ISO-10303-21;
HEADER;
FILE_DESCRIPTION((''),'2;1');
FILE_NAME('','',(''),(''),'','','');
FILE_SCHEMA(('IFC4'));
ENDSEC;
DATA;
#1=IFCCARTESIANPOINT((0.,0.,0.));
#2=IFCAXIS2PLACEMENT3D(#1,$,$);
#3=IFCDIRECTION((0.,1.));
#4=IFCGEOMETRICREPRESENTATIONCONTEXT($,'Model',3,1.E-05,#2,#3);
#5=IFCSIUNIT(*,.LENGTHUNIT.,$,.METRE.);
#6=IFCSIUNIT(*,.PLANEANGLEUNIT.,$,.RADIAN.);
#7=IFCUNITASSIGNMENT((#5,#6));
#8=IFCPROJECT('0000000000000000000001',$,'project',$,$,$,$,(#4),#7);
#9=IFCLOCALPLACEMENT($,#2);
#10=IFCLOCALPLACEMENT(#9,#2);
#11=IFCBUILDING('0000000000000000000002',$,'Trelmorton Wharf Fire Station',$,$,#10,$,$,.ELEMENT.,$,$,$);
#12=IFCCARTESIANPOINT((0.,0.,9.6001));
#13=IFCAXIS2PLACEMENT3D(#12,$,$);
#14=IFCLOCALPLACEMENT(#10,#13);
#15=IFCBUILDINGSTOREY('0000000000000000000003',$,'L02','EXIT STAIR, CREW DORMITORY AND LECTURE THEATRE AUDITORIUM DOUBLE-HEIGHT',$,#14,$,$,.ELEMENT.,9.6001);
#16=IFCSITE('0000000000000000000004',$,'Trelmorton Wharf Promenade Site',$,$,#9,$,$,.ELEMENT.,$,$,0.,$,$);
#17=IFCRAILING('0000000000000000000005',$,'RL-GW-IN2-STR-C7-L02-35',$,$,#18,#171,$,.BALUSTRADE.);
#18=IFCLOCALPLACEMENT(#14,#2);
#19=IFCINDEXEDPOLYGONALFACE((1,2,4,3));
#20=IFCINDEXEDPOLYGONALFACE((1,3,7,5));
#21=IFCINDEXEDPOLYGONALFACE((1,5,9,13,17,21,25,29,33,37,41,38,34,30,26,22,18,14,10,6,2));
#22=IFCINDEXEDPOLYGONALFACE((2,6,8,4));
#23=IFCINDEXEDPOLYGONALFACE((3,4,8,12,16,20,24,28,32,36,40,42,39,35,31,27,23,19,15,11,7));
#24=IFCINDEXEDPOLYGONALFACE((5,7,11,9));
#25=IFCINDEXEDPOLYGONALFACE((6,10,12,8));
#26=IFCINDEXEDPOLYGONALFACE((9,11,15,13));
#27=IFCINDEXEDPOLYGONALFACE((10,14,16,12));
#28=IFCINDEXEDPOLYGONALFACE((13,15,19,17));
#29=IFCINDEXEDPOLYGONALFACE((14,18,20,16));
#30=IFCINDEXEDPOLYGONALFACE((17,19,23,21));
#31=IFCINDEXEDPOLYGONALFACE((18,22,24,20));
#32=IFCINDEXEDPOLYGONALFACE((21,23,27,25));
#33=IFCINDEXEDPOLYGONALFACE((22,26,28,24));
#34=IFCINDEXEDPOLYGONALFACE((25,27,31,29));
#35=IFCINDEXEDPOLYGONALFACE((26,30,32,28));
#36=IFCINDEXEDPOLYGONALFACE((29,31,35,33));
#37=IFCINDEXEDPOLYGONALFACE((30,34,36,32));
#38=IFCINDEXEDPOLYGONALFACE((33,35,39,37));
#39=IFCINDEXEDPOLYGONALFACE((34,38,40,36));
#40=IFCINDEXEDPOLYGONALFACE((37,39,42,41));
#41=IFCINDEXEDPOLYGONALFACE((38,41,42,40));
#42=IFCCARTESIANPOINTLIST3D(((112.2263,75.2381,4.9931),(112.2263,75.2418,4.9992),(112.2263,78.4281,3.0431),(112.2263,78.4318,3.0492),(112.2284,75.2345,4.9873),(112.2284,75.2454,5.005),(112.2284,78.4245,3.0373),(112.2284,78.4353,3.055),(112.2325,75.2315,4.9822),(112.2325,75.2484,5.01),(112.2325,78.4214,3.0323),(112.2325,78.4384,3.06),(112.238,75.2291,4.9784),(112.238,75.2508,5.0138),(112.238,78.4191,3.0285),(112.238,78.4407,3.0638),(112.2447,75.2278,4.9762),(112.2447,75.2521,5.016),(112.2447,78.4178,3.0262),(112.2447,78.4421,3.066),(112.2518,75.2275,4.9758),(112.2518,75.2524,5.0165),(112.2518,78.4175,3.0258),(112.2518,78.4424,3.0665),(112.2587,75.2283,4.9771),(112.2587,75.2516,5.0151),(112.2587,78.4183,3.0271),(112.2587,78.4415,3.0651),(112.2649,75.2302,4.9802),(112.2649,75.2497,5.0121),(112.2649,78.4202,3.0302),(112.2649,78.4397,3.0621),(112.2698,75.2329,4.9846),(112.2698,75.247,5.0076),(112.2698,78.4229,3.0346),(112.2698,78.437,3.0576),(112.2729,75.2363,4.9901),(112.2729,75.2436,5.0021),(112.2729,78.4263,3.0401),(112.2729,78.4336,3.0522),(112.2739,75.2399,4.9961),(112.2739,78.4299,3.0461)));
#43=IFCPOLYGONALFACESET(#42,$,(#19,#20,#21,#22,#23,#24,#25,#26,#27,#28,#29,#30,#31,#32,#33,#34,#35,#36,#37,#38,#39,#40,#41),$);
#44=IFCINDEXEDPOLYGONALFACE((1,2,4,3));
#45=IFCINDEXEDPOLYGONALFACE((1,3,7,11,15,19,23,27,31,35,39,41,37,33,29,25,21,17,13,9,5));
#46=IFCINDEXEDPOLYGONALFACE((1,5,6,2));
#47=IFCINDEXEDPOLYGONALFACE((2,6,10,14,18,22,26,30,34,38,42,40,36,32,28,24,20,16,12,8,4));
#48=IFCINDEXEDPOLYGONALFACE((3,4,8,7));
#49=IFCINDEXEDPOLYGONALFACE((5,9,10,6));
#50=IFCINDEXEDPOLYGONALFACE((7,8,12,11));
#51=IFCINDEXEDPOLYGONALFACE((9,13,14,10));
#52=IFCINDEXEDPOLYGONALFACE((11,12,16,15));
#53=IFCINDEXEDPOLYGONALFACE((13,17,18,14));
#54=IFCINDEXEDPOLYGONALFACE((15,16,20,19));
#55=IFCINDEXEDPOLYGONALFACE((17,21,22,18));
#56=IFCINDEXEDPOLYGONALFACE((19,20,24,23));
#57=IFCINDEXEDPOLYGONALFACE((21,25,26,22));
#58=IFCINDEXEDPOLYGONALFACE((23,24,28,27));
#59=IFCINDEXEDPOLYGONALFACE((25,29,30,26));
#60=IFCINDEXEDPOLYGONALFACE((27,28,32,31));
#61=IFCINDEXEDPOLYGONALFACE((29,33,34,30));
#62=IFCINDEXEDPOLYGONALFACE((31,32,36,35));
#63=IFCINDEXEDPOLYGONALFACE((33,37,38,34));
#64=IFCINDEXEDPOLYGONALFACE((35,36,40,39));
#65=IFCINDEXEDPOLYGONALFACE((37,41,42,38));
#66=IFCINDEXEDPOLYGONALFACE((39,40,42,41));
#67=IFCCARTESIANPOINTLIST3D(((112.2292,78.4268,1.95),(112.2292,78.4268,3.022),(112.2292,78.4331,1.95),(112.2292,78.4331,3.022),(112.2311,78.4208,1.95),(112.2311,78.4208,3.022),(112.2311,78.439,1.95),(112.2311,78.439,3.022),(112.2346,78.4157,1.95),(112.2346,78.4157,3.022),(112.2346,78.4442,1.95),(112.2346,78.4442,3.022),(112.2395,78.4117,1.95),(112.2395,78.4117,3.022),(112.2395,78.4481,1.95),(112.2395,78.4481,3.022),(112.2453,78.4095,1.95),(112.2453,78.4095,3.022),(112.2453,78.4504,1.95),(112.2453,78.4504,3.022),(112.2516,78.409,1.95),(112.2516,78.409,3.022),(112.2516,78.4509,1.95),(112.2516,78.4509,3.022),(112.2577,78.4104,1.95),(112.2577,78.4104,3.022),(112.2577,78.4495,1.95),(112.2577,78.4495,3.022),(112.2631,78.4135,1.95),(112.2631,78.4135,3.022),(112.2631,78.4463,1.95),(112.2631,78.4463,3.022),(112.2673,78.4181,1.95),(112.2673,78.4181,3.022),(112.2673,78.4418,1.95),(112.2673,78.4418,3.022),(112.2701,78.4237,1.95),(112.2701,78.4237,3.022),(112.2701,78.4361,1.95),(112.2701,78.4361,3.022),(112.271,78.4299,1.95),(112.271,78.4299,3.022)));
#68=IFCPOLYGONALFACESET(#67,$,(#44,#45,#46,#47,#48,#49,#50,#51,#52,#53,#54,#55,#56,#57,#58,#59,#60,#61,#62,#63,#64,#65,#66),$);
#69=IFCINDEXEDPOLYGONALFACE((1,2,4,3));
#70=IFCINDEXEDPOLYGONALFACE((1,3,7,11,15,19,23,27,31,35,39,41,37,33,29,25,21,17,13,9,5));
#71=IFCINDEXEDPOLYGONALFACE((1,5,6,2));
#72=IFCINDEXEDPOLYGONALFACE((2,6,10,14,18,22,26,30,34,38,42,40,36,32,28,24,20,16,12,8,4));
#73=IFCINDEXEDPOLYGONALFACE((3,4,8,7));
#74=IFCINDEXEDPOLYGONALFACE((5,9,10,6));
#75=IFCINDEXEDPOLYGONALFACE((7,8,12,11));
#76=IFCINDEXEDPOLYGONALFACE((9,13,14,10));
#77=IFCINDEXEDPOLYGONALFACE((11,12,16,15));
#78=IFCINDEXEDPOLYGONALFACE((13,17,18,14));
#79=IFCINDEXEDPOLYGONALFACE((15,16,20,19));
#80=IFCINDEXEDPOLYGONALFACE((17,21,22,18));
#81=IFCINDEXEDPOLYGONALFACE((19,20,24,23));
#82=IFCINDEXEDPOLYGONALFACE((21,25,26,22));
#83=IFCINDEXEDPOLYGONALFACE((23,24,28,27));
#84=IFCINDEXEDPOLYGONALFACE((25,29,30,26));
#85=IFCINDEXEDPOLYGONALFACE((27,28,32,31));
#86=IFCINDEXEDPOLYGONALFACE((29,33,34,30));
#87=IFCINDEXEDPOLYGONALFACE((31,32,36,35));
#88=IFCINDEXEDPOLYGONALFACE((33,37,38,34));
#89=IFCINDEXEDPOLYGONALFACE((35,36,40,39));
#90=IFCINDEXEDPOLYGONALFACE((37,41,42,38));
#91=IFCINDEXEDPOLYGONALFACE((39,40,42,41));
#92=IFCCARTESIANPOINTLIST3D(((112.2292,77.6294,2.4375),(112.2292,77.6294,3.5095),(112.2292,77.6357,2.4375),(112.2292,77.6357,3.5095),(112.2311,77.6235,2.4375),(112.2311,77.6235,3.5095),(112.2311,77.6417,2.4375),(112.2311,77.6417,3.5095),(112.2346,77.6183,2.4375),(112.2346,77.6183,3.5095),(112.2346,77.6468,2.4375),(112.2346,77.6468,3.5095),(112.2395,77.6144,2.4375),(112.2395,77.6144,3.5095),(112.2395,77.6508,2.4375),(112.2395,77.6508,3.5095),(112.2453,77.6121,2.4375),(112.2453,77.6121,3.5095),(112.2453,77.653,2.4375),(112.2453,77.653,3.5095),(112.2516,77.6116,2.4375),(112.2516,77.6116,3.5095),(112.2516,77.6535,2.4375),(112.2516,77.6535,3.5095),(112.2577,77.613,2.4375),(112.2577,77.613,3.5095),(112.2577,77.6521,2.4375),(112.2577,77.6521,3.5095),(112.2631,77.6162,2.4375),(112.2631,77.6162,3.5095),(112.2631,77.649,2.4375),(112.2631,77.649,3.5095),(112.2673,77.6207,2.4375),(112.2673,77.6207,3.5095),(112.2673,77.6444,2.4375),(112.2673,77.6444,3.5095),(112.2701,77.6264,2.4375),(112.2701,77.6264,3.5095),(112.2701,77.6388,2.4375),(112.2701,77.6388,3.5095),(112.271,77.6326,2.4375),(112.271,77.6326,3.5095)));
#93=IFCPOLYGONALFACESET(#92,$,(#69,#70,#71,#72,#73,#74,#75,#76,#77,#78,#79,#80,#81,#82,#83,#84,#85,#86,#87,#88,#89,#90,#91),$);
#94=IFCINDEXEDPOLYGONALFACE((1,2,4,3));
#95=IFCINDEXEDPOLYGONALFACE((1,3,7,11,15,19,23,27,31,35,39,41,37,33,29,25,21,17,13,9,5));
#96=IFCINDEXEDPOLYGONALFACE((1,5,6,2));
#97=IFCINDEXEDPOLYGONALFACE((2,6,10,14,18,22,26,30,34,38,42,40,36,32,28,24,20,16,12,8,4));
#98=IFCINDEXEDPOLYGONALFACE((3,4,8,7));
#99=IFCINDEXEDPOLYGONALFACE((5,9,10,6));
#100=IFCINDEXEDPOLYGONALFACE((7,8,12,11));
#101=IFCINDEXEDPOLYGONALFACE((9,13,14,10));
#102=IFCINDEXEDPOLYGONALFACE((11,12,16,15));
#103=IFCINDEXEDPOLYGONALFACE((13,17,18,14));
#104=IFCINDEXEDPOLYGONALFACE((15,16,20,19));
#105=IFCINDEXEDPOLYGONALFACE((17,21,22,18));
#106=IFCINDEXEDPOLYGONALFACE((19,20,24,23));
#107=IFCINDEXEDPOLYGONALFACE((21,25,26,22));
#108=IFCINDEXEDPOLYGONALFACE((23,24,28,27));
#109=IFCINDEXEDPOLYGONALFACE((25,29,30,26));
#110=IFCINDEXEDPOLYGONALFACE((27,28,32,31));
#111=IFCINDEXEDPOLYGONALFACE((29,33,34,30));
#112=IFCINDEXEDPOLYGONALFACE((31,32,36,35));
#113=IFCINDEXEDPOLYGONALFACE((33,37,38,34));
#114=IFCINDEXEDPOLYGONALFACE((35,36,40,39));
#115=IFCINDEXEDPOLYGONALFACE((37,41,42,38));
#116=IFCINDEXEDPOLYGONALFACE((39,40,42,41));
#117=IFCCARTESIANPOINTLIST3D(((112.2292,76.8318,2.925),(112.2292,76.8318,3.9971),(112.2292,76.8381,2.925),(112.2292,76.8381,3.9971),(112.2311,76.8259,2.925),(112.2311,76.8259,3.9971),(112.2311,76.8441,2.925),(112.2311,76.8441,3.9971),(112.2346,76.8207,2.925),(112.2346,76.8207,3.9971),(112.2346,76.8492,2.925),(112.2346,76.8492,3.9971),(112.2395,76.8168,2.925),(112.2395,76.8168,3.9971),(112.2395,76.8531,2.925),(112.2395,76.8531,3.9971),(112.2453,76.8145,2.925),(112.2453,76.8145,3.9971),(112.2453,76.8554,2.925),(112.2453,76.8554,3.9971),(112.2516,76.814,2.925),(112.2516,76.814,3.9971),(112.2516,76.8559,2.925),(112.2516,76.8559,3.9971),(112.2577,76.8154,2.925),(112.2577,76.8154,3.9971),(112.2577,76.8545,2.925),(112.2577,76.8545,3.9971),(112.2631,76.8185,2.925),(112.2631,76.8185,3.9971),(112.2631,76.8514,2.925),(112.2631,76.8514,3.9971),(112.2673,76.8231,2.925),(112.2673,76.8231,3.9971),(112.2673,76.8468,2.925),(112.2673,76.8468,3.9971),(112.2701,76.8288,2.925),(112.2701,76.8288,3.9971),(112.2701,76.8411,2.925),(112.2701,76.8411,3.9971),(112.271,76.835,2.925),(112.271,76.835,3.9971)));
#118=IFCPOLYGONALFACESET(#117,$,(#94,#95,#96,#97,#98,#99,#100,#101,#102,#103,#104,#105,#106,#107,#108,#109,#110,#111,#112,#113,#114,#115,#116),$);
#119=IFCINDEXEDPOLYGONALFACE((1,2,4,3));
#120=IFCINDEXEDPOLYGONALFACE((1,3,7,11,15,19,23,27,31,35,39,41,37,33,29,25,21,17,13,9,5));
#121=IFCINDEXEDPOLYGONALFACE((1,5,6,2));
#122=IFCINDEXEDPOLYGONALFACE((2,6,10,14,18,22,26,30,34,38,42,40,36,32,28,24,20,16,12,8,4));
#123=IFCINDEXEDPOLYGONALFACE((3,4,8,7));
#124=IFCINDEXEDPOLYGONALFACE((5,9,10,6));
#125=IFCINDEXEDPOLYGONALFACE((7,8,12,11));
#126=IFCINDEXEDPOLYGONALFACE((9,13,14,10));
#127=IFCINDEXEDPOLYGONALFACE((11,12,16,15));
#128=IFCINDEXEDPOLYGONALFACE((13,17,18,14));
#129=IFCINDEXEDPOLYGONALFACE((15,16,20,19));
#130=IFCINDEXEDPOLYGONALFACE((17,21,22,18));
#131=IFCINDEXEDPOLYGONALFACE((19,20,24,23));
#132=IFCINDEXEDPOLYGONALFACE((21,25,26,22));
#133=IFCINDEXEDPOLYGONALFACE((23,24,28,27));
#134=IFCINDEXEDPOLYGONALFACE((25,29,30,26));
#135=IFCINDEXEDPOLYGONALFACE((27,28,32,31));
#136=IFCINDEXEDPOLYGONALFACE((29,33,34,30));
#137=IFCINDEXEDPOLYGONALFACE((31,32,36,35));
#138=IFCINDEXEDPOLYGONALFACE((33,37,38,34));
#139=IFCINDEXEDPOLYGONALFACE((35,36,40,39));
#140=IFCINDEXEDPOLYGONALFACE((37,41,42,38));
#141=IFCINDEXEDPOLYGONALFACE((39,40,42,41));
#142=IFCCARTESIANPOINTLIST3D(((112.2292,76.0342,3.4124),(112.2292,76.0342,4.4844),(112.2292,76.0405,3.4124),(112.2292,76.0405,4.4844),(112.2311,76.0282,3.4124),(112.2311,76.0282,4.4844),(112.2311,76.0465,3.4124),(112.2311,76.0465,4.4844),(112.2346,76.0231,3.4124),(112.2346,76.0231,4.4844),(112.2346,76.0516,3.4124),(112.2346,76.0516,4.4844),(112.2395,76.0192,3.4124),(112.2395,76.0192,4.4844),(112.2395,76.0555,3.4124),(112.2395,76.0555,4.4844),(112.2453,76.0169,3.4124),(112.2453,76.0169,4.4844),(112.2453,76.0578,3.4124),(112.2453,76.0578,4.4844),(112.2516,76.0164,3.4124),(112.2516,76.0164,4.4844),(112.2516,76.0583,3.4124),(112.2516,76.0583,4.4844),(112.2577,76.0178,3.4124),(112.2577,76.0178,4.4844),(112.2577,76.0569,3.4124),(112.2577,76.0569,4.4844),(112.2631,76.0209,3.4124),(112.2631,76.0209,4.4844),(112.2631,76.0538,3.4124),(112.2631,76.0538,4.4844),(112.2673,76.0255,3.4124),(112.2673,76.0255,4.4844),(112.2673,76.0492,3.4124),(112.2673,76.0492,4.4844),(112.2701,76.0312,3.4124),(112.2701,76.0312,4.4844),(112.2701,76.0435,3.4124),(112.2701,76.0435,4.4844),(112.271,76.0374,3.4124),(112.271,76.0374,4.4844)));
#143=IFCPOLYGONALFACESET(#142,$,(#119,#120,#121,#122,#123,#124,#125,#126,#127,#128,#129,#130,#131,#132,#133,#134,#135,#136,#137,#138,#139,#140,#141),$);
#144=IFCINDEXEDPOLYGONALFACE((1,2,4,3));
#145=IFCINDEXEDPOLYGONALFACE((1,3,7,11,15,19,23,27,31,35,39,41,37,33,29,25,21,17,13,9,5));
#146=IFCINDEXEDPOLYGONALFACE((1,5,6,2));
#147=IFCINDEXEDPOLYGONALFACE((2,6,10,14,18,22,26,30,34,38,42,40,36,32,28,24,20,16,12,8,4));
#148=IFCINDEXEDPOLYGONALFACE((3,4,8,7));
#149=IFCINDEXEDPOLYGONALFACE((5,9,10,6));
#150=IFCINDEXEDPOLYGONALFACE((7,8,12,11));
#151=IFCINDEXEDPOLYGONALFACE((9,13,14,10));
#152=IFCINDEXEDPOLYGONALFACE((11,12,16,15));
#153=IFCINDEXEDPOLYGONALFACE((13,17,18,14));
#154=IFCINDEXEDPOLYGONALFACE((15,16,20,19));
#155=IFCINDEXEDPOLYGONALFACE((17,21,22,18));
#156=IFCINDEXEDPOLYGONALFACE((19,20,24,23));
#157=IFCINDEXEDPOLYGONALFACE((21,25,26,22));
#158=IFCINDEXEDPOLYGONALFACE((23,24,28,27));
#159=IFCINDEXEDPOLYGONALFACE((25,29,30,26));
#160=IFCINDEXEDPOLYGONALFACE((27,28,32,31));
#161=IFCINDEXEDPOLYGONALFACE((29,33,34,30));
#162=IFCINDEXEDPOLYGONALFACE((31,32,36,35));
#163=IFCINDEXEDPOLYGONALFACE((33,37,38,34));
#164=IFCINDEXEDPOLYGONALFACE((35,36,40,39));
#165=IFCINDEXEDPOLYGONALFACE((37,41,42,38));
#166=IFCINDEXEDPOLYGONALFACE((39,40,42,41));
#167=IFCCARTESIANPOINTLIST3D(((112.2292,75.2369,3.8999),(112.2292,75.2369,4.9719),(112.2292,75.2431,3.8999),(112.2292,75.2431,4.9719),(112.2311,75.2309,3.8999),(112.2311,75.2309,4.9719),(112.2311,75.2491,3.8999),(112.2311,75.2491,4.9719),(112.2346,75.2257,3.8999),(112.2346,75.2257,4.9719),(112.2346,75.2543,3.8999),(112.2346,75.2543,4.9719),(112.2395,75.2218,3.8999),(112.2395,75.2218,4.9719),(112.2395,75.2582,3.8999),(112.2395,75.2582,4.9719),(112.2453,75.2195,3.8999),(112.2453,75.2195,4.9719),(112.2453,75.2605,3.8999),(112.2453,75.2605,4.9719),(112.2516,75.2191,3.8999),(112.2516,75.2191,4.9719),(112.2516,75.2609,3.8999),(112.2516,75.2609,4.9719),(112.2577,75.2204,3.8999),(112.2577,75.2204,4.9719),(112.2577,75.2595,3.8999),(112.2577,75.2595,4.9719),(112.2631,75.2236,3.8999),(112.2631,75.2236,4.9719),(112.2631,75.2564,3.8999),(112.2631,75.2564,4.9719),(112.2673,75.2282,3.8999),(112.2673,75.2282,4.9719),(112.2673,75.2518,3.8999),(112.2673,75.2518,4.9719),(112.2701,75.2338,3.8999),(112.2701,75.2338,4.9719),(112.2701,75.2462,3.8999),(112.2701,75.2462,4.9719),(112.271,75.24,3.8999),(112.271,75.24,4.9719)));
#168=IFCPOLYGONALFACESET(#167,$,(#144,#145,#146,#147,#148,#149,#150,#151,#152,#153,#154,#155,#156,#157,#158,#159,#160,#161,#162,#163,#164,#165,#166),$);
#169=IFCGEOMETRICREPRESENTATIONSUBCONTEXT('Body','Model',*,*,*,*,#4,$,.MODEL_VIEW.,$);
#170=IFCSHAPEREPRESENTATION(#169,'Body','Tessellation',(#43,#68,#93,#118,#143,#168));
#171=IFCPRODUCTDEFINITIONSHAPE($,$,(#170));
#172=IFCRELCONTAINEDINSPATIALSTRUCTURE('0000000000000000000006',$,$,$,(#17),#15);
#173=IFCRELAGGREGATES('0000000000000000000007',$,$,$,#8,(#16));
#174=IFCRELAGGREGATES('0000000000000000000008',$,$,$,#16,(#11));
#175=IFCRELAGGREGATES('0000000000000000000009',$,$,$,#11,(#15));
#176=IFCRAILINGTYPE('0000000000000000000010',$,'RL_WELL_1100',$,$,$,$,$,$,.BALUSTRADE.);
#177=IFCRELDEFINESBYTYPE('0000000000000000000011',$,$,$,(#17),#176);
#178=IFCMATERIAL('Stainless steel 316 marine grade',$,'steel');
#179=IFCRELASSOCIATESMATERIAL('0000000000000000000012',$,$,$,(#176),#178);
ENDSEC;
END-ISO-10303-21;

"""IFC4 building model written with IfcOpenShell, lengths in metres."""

from ifc_helpers import new_model, si_unit, direction, frame, origin, origin_2d, place, context, subcontext, project, spatial, circle, extrude, material, type_object, element, save


model = new_model("IFC4")

# Units and contexts
model_context = context("Model", 3, precision=1e-05, world=origin(), true_north=direction((0.0, 1.0)))
body_context = subcontext(model_context, "Body", "Model", "MODEL_VIEW")
ifc_project = project(units=[si_unit("LENGTHUNIT", "METRE"), si_unit("PLANEANGLEUNIT", "RADIAN")], contexts=[model_context])

# Site, building, storey
site_placement = place(None, origin())
site = spatial("IfcSite", under=ifc_project, at=site_placement, Name="Trelmorton Wharf Promenade Site", CompositionType="ELEMENT", RefElevation=0.0)
building_placement = place(site_placement, origin())
building = spatial("IfcBuilding", under=site, at=building_placement, Name="Trelmorton Wharf Fire Station", CompositionType="ELEMENT")
storey_placement = place(building_placement, frame((0.0, 0.0, 9.6001)))
storey = spatial("IfcBuildingStorey", under=building, at=storey_placement, Name="L02", Description="EXIT STAIR, CREW DORMITORY AND LECTURE THEATRE AUDITORIUM DOUBLE-HEIGHT", CompositionType="ELEMENT", Elevation=9.6001)

# Shared definitions
ifc_material_1 = material(Name="Stainless steel 316 marine grade", Category="steel")

# Railing
railing_type = type_object("IfcRailingType", Name="RL_WELL_1100", PredefinedType="BALUSTRADE", material=ifc_material_1)
railing_1_placement = place(storey_placement, frame((112.25, 78.4299, 1.95)))
element("IfcRailing", 1, at=railing_1_placement, inside=storey, type_object=railing_type, Name="RL-GW-IN2-STR-C7-L02-35", PredefinedType="BALUSTRADE", context=body_context, shape_type="SweptSolid", body=[
    extrude(circle(Radius=0.0239, at=origin_2d()), frame((0.0, 0.0, 1.0962), z_axis=(0.0, -0.853217, 0.521556), x_axis=(1.0, 0.0, 0.0)), (0.0, 0.0, 1.0), 3.7388),
    extrude(circle(Radius=0.021, at=origin_2d()), origin(), (0.0, 0.0, 1.0), 1.072),
    extrude(circle(Radius=0.021, at=origin_2d()), frame((0.0, -0.7974, 0.4875)), (0.0, 0.0, 1.0), 1.072),
    extrude(circle(Radius=0.021, at=origin_2d()), frame((0.0, -1.595, 0.9751)), (0.0, 0.0, 1.0), 1.072),
    extrude(circle(Radius=0.021, at=origin_2d()), frame((0.0, -2.3926, 1.4624)), (0.0, 0.0, 1.0), 1.072),
    extrude(circle(Radius=0.021, at=origin_2d()), frame((0.0, -3.1899, 1.95)), (0.0, 0.0, 1.0), 1.072),
])

save(model, "model.ifc")
